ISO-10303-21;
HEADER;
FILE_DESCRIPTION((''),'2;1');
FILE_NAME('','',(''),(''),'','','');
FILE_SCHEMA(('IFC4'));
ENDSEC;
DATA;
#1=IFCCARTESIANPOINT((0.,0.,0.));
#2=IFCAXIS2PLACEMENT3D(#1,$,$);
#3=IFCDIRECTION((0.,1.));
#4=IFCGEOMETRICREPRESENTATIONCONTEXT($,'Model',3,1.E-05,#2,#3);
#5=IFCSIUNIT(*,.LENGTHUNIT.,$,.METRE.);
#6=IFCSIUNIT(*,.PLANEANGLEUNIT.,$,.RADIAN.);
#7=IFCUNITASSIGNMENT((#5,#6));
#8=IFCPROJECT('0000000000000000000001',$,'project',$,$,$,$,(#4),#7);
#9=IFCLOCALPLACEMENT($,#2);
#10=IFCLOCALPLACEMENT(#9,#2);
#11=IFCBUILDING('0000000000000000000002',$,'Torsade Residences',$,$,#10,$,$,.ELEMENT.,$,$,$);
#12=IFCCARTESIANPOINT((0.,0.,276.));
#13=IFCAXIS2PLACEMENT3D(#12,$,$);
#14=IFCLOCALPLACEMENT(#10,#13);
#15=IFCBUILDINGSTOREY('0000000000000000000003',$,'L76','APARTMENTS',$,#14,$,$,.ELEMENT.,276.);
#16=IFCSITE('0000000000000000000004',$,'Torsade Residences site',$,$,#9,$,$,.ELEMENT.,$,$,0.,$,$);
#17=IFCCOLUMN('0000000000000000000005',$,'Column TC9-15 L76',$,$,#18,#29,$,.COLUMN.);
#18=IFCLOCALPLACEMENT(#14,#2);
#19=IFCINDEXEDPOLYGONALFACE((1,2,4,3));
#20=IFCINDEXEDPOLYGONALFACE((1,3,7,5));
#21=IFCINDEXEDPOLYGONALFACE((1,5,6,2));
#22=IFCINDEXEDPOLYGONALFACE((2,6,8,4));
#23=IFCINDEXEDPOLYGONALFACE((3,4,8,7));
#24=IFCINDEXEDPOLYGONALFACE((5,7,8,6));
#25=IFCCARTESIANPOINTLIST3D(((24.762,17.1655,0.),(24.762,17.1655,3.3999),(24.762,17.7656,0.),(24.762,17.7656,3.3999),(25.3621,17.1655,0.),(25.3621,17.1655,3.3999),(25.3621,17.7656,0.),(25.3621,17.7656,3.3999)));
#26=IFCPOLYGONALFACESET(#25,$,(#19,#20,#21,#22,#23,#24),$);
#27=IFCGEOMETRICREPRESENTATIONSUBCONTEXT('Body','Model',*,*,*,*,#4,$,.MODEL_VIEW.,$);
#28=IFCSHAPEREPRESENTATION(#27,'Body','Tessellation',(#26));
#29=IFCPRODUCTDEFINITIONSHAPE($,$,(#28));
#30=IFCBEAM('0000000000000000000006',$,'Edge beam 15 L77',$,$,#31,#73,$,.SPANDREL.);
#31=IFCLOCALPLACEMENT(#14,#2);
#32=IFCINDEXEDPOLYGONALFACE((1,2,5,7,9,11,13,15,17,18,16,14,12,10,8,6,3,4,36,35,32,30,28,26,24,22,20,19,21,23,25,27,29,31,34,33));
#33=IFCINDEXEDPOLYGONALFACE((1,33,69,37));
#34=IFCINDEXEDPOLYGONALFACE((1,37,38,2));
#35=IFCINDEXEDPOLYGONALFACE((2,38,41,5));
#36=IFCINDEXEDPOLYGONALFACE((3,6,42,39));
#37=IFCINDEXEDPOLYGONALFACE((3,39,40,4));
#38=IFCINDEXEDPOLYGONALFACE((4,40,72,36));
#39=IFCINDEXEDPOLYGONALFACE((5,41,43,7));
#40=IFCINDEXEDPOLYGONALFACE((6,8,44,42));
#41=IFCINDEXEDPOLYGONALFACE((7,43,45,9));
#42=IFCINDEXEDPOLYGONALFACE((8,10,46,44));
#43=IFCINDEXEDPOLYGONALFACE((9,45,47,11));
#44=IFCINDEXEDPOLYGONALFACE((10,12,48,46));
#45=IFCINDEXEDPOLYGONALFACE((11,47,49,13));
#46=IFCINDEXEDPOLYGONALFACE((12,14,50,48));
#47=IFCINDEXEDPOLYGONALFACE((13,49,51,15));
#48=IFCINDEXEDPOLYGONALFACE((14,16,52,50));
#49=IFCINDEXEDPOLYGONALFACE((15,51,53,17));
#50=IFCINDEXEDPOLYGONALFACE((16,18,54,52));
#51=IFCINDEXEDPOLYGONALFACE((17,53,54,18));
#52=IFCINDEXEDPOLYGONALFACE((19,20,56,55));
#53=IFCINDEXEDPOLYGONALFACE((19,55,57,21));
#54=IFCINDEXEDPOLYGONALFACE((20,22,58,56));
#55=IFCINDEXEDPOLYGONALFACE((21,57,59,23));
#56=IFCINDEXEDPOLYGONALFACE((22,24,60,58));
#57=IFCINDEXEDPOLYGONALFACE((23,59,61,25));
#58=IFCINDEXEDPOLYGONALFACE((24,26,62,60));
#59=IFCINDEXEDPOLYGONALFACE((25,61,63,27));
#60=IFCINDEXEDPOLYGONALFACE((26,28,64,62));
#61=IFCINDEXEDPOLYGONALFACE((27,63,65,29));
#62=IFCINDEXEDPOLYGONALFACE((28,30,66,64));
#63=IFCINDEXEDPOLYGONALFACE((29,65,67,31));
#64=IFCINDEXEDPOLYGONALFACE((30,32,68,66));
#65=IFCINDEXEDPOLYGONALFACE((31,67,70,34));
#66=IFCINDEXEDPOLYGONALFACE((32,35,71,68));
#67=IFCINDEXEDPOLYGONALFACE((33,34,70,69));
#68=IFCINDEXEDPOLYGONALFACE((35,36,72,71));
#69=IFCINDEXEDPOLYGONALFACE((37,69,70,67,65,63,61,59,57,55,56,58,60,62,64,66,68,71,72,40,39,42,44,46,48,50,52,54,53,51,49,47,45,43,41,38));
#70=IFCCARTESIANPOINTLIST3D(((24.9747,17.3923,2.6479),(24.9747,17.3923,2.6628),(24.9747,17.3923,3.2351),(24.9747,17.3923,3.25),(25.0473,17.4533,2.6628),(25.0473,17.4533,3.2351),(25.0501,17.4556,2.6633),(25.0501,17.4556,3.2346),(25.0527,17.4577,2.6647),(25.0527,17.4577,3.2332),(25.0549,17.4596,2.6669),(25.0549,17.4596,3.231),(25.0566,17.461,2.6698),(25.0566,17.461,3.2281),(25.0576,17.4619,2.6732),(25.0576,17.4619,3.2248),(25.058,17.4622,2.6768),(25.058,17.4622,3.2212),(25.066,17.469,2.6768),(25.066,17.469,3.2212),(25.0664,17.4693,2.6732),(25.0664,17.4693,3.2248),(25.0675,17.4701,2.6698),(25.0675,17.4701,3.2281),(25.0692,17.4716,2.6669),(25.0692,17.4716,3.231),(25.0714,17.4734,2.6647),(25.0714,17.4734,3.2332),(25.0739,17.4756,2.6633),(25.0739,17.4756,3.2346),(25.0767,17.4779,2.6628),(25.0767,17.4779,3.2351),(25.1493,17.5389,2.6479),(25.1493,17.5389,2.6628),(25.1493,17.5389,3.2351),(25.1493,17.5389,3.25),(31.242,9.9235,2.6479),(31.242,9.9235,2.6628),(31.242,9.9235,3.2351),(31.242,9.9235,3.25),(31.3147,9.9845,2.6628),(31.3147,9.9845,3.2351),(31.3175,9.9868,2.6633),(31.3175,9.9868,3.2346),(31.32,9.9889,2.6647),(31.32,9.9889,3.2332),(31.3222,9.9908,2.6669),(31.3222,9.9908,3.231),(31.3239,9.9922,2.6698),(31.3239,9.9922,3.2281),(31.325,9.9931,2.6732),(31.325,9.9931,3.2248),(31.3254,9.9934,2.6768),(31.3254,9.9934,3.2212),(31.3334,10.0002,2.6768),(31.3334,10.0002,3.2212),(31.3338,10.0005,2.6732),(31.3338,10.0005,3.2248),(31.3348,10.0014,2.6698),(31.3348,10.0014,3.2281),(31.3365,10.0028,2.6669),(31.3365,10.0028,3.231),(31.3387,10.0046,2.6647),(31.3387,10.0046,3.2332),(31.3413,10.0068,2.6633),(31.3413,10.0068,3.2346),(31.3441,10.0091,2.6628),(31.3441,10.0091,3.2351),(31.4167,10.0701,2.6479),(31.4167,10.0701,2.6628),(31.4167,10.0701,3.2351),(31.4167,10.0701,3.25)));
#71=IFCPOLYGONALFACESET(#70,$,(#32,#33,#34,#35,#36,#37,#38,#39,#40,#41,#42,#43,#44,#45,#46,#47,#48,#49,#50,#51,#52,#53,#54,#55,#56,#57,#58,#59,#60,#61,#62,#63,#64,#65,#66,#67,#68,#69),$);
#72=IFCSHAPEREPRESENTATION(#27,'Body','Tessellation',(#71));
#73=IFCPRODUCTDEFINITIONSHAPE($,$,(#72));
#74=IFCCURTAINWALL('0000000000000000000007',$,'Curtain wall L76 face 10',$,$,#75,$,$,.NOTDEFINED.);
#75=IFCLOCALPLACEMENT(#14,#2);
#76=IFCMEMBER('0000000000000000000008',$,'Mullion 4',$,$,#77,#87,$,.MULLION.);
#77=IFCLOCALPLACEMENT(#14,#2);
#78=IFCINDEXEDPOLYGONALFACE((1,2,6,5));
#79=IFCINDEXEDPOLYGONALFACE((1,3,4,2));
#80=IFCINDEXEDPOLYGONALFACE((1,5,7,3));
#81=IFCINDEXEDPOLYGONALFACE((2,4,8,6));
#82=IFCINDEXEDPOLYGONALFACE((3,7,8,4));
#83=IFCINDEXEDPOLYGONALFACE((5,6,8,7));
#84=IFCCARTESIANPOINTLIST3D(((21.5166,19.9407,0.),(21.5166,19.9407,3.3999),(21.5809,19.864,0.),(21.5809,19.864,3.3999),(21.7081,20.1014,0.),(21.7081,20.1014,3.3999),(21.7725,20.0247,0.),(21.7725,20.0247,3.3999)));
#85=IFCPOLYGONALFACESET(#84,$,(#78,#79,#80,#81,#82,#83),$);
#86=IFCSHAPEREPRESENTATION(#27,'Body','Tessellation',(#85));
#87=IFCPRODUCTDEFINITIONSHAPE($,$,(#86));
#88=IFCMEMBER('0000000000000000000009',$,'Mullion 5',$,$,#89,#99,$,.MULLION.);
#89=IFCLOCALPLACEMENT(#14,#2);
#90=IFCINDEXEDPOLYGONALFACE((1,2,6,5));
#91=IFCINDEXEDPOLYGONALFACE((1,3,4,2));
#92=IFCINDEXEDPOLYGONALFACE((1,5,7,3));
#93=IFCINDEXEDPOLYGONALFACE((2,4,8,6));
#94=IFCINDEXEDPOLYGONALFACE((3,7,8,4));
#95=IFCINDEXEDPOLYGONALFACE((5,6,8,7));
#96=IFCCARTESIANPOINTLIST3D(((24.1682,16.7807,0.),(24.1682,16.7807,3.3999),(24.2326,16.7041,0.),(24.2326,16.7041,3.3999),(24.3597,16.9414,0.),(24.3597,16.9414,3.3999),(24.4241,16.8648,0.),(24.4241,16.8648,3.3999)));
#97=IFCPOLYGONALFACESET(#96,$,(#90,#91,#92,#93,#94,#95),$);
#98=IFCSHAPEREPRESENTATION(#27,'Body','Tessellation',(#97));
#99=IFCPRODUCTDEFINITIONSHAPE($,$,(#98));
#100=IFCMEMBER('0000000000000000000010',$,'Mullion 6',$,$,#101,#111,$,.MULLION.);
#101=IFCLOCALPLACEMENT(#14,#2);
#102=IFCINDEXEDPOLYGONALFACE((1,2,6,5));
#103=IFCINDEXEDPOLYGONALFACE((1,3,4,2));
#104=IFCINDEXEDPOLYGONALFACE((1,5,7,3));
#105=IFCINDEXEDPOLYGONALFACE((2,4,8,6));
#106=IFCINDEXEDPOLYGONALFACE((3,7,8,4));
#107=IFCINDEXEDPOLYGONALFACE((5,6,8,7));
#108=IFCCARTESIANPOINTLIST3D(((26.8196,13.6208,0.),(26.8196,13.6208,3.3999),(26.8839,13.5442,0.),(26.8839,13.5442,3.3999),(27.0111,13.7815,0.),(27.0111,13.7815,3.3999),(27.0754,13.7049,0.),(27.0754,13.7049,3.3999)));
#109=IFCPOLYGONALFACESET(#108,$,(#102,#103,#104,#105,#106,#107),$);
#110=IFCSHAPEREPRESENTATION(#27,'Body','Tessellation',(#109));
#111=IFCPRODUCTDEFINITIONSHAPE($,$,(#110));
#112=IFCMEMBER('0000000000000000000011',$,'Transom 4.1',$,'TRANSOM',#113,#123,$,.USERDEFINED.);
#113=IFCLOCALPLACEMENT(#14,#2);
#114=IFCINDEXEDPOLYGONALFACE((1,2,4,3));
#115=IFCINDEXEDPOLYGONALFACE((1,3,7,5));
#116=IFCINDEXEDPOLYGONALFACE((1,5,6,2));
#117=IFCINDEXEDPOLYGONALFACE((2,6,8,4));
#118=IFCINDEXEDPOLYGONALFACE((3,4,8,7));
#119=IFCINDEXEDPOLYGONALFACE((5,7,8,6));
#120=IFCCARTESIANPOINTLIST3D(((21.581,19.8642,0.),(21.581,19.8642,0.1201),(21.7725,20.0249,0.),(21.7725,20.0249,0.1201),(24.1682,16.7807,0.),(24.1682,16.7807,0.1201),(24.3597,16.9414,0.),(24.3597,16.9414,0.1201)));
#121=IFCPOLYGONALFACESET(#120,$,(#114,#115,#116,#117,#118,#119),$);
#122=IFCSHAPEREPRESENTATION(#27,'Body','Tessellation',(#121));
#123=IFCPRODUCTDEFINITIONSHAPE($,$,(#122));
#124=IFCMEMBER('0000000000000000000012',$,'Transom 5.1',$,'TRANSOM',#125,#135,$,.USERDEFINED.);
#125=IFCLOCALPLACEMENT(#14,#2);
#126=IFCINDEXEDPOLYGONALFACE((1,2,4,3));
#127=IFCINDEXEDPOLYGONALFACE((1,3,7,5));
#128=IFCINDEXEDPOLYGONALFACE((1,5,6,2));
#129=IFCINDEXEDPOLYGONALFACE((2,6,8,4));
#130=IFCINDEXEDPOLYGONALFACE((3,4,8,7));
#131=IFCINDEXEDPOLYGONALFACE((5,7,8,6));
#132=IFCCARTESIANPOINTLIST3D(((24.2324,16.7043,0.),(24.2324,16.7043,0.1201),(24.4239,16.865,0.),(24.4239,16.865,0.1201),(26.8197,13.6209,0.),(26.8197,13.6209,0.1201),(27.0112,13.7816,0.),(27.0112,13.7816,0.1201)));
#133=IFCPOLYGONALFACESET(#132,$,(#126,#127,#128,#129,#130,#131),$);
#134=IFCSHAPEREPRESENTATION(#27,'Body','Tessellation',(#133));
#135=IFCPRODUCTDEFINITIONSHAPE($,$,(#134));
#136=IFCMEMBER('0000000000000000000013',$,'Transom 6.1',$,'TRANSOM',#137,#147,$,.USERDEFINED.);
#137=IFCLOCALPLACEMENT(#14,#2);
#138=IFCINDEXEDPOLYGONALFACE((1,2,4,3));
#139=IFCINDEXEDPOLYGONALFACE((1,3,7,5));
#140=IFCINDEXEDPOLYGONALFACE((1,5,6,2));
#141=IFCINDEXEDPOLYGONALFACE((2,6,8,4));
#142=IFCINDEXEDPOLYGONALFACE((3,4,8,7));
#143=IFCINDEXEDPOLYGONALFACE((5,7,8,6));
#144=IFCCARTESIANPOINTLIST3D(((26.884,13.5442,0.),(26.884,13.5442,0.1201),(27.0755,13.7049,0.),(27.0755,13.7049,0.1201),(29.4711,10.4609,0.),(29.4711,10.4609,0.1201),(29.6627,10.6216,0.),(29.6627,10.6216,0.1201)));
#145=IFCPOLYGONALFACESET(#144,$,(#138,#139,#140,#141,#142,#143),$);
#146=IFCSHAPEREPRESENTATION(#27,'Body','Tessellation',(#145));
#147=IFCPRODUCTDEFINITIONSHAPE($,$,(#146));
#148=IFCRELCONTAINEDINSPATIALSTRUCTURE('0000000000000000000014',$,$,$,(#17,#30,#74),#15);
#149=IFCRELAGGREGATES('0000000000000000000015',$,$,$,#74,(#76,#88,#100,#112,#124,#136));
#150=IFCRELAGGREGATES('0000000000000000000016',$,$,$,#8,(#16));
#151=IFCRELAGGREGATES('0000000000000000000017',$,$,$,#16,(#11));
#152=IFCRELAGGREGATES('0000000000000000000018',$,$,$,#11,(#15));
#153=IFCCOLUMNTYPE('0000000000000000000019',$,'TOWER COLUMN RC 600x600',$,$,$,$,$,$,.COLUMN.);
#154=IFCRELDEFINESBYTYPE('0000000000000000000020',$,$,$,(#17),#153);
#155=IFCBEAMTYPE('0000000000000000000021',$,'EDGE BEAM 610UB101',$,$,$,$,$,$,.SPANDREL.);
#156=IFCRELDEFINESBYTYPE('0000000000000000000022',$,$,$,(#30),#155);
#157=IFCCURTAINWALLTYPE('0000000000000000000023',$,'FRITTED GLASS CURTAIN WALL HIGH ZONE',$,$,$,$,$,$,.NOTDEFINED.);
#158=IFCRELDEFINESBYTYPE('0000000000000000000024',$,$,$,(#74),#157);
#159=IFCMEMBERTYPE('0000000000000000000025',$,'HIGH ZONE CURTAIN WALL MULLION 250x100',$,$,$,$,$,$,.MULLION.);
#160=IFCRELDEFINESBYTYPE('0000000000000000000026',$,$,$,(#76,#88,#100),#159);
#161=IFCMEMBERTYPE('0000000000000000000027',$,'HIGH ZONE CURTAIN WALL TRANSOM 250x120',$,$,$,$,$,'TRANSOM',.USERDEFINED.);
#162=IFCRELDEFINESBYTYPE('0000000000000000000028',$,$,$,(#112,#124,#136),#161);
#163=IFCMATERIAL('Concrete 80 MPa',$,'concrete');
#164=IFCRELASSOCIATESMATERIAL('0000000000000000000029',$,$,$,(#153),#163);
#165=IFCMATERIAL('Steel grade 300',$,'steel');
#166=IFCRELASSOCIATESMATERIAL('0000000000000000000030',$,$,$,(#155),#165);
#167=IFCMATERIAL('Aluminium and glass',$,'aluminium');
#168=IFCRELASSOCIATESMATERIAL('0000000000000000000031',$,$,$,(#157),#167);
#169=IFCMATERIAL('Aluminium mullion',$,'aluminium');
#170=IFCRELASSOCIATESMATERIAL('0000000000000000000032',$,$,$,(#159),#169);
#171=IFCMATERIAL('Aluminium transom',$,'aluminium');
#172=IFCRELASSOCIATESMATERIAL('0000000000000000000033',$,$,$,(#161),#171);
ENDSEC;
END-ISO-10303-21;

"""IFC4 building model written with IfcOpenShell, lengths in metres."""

from ifc_helpers import new_model, si_unit, direction, frame, origin, origin_2d, place, context, subcontext, project, spatial, rectangle, i_section, extrude, material, material_profile, profile_set, type_object, element, aggregate, save


model = new_model("IFC4")

# Units and contexts
model_context = context("Model", 3, precision=1e-05, world=origin(), true_north=direction((0.0, 1.0)))
body_context = subcontext(model_context, "Body", "Model", "MODEL_VIEW")
ifc_project = project(units=[si_unit("LENGTHUNIT", "METRE"), si_unit("PLANEANGLEUNIT", "RADIAN")], contexts=[model_context])

# Site, building, storey
site_placement = place(None, origin())
site = spatial("IfcSite", under=ifc_project, at=site_placement, Name="Torsade Residences site", CompositionType="ELEMENT", RefElevation=0.0)
building_placement = place(site_placement, origin())
building = spatial("IfcBuilding", under=site, at=building_placement, Name="Torsade Residences", CompositionType="ELEMENT")
storey_placement = place(building_placement, frame((0.0, 0.0, 276.0)))
storey = spatial("IfcBuildingStorey", under=building, at=storey_placement, Name="L76", Description="APARTMENTS", CompositionType="ELEMENT", Elevation=276.0)

# Column
ifc_material_1 = material(Name="Concrete 80 MPa", Category="concrete")
ifc_material_profile_1 = material_profile(ifc_material_1, rectangle(XDim=0.6001, YDim=0.6001, at=origin_2d()), Name="RC 600x600")
ifc_profile_set_1 = profile_set([ifc_material_profile_1], Name="Concrete 80 MPa")
column_type = type_object("IfcColumnType", Name="TOWER COLUMN RC 600x600", PredefinedType="COLUMN", material=ifc_profile_set_1)
column_placement = place(storey_placement, frame((25.062, 17.4656, 0.0), z_axis=(0.0, 0.0, 1.0), x_axis=(1.0, 0.0, 0.0)))
element("IfcColumn", 1, at=column_placement, inside=storey, type_object=column_type, Name="Column TC9-15 L76", PredefinedType="COLUMN", context=body_context, shape_type="SweptSolid", body=[
    extrude(rectangle(XDim=0.6001, YDim=0.6001, at=origin_2d()), origin(), (0.0, 0.0, 1.0), 3.3999),
])

# Beam
ifc_material_2 = material(Name="Steel grade 300", Category="steel")
ifc_material_profile_2 = material_profile(ifc_material_2, i_section(OverallWidth=0.228, OverallDepth=0.6021, WebThickness=0.0105, FlangeThickness=0.0149, FilletRadius=0.0139, at=origin_2d()), Name="610UB101")
ifc_profile_set_2 = profile_set([ifc_material_profile_2], Name="Steel grade 300")
beam_type = type_object("IfcBeamType", Name="EDGE BEAM 610UB101", PredefinedType="SPANDREL", material=ifc_profile_set_2)
beam_placement = place(storey_placement, frame((25.062, 17.4656, 2.949), z_axis=(0.642806, -0.766029, 0.0), x_axis=(0.766029, 0.642806, 0.0)))
element("IfcBeam", 2, at=beam_placement, inside=storey, type_object=beam_type, Name="Edge beam 15 L77", PredefinedType="SPANDREL", context=body_context, shape_type="SweptSolid", body=[
    extrude(i_section(OverallWidth=0.228, OverallDepth=0.6021, WebThickness=0.0105, FlangeThickness=0.0149, FilletRadius=0.0139, at=origin_2d()), origin(), (0.0, 0.0, 1.0), 9.75),
])

# Curtain wall, members
ifc_material_3 = material(Name="Aluminium and glass", Category="aluminium")
curtain_wall_type = type_object("IfcCurtainWallType", Name="FRITTED GLASS CURTAIN WALL HIGH ZONE", PredefinedType="NOTDEFINED", material=ifc_material_3)
curtain_wall_placement = place(storey_placement, origin())
curtain_wall = element("IfcCurtainWall", 3, at=curtain_wall_placement, inside=storey, type_object=curtain_wall_type, Name="Curtain wall L76 face 10", PredefinedType="NOTDEFINED")
ifc_material_4 = material(Name="Aluminium mullion", Category="aluminium")
ifc_material_profile_3 = material_profile(ifc_material_4, rectangle(XDim=0.25, YDim=0.1001, at=origin_2d()), Name="HIGH ZONE CURTAIN WALL MULLION 250x100")
ifc_profile_set_3 = profile_set([ifc_material_profile_3], Name="Aluminium mullion")
member_type_1 = type_object("IfcMemberType", Name="HIGH ZONE CURTAIN WALL MULLION 250x100", PredefinedType="MULLION", material=ifc_profile_set_3)
member_1_placement = place(storey_placement, frame((21.6445, 19.9827, 0.0), z_axis=(0.0, 0.0, 1.0), x_axis=(0.766044, 0.642788, 0.0)))
member_1 = element("IfcMember", 4, at=member_1_placement, type_object=member_type_1, Name="Mullion 4", PredefinedType="MULLION", context=body_context, shape_type="SweptSolid", body=[
    extrude(rectangle(XDim=0.25, YDim=0.1001, at=origin_2d()), origin(), (0.0, 0.0, 1.0), 3.3999),
])
member_2_placement = place(storey_placement, frame((24.2961, 16.8228, 0.0), z_axis=(0.0, 0.0, 1.0), x_axis=(0.766044, 0.642788, 0.0)))
member_2 = element("IfcMember", 5, at=member_2_placement, type_object=member_type_1, Name="Mullion 5", PredefinedType="MULLION", context=body_context, shape_type="SweptSolid", body=[
    extrude(rectangle(XDim=0.25, YDim=0.1001, at=origin_2d()), origin(), (0.0, 0.0, 1.0), 3.3999),
])
member_3_placement = place(storey_placement, frame((26.9475, 13.6628, 0.0), z_axis=(0.0, 0.0, 1.0), x_axis=(0.766044, 0.642788, 0.0)))
member_3 = element("IfcMember", 6, at=member_3_placement, type_object=member_type_1, Name="Mullion 6", PredefinedType="MULLION", context=body_context, shape_type="SweptSolid", body=[
    extrude(rectangle(XDim=0.25, YDim=0.1001, at=origin_2d()), origin(), (0.0, 0.0, 1.0), 3.3999),
])
ifc_material_5 = material(Name="Aluminium transom", Category="aluminium")
ifc_material_profile_4 = material_profile(ifc_material_5, rectangle(XDim=0.25, YDim=0.1201, at=origin_2d()), Name="HIGH ZONE CURTAIN WALL TRANSOM 250x120")
ifc_profile_set_4 = profile_set([ifc_material_profile_4], Name="Aluminium transom")
member_type_2 = type_object("IfcMemberType", Name="HIGH ZONE CURTAIN WALL TRANSOM 250x120", ElementType="TRANSOM", PredefinedType="USERDEFINED", material=ifc_profile_set_4)
member_4_placement = place(storey_placement, frame((21.6768, 19.9446, 0.0601), z_axis=(0.642758, -0.766069, 0.0), x_axis=(0.766069, 0.642758, 0.0)))
member_4 = element("IfcMember", 7, at=member_4_placement, type_object=member_type_2, Name="Transom 4.1", ObjectType="TRANSOM", PredefinedType="USERDEFINED", context=body_context, shape_type="SweptSolid", body=[
    extrude(rectangle(XDim=0.25, YDim=0.1201, at=origin_2d()), origin(), (0.0, 0.0, 1.0), 4.0251),
])
member_5_placement = place(storey_placement, frame((24.3281, 16.7847, 0.0601), z_axis=(0.642794, -0.766039, 0.0), x_axis=(0.766039, 0.642794, 0.0)))
member_5 = element("IfcMember", 8, at=member_5_placement, type_object=member_type_2, Name="Transom 5.1", ObjectType="TRANSOM", PredefinedType="USERDEFINED", context=body_context, shape_type="SweptSolid", body=[
    extrude(rectangle(XDim=0.25, YDim=0.1201, at=origin_2d()), origin(), (0.0, 0.0, 1.0), 4.0251),
])
member_6_placement = place(storey_placement, frame((26.9797, 13.6245, 0.0601), z_axis=(0.642788, -0.766044, 0.0), x_axis=(0.766044, 0.642788, 0.0)))
member_6 = element("IfcMember", 9, at=member_6_placement, type_object=member_type_2, Name="Transom 6.1", ObjectType="TRANSOM", PredefinedType="USERDEFINED", context=body_context, shape_type="SweptSolid", body=[
    extrude(rectangle(XDim=0.25, YDim=0.1201, at=origin_2d()), origin(), (0.0, 0.0, 1.0), 4.0249),
])

aggregate(curtain_wall, [member_1, member_2, member_3, member_4, member_5, member_6])

save(model, "model.ifc")
